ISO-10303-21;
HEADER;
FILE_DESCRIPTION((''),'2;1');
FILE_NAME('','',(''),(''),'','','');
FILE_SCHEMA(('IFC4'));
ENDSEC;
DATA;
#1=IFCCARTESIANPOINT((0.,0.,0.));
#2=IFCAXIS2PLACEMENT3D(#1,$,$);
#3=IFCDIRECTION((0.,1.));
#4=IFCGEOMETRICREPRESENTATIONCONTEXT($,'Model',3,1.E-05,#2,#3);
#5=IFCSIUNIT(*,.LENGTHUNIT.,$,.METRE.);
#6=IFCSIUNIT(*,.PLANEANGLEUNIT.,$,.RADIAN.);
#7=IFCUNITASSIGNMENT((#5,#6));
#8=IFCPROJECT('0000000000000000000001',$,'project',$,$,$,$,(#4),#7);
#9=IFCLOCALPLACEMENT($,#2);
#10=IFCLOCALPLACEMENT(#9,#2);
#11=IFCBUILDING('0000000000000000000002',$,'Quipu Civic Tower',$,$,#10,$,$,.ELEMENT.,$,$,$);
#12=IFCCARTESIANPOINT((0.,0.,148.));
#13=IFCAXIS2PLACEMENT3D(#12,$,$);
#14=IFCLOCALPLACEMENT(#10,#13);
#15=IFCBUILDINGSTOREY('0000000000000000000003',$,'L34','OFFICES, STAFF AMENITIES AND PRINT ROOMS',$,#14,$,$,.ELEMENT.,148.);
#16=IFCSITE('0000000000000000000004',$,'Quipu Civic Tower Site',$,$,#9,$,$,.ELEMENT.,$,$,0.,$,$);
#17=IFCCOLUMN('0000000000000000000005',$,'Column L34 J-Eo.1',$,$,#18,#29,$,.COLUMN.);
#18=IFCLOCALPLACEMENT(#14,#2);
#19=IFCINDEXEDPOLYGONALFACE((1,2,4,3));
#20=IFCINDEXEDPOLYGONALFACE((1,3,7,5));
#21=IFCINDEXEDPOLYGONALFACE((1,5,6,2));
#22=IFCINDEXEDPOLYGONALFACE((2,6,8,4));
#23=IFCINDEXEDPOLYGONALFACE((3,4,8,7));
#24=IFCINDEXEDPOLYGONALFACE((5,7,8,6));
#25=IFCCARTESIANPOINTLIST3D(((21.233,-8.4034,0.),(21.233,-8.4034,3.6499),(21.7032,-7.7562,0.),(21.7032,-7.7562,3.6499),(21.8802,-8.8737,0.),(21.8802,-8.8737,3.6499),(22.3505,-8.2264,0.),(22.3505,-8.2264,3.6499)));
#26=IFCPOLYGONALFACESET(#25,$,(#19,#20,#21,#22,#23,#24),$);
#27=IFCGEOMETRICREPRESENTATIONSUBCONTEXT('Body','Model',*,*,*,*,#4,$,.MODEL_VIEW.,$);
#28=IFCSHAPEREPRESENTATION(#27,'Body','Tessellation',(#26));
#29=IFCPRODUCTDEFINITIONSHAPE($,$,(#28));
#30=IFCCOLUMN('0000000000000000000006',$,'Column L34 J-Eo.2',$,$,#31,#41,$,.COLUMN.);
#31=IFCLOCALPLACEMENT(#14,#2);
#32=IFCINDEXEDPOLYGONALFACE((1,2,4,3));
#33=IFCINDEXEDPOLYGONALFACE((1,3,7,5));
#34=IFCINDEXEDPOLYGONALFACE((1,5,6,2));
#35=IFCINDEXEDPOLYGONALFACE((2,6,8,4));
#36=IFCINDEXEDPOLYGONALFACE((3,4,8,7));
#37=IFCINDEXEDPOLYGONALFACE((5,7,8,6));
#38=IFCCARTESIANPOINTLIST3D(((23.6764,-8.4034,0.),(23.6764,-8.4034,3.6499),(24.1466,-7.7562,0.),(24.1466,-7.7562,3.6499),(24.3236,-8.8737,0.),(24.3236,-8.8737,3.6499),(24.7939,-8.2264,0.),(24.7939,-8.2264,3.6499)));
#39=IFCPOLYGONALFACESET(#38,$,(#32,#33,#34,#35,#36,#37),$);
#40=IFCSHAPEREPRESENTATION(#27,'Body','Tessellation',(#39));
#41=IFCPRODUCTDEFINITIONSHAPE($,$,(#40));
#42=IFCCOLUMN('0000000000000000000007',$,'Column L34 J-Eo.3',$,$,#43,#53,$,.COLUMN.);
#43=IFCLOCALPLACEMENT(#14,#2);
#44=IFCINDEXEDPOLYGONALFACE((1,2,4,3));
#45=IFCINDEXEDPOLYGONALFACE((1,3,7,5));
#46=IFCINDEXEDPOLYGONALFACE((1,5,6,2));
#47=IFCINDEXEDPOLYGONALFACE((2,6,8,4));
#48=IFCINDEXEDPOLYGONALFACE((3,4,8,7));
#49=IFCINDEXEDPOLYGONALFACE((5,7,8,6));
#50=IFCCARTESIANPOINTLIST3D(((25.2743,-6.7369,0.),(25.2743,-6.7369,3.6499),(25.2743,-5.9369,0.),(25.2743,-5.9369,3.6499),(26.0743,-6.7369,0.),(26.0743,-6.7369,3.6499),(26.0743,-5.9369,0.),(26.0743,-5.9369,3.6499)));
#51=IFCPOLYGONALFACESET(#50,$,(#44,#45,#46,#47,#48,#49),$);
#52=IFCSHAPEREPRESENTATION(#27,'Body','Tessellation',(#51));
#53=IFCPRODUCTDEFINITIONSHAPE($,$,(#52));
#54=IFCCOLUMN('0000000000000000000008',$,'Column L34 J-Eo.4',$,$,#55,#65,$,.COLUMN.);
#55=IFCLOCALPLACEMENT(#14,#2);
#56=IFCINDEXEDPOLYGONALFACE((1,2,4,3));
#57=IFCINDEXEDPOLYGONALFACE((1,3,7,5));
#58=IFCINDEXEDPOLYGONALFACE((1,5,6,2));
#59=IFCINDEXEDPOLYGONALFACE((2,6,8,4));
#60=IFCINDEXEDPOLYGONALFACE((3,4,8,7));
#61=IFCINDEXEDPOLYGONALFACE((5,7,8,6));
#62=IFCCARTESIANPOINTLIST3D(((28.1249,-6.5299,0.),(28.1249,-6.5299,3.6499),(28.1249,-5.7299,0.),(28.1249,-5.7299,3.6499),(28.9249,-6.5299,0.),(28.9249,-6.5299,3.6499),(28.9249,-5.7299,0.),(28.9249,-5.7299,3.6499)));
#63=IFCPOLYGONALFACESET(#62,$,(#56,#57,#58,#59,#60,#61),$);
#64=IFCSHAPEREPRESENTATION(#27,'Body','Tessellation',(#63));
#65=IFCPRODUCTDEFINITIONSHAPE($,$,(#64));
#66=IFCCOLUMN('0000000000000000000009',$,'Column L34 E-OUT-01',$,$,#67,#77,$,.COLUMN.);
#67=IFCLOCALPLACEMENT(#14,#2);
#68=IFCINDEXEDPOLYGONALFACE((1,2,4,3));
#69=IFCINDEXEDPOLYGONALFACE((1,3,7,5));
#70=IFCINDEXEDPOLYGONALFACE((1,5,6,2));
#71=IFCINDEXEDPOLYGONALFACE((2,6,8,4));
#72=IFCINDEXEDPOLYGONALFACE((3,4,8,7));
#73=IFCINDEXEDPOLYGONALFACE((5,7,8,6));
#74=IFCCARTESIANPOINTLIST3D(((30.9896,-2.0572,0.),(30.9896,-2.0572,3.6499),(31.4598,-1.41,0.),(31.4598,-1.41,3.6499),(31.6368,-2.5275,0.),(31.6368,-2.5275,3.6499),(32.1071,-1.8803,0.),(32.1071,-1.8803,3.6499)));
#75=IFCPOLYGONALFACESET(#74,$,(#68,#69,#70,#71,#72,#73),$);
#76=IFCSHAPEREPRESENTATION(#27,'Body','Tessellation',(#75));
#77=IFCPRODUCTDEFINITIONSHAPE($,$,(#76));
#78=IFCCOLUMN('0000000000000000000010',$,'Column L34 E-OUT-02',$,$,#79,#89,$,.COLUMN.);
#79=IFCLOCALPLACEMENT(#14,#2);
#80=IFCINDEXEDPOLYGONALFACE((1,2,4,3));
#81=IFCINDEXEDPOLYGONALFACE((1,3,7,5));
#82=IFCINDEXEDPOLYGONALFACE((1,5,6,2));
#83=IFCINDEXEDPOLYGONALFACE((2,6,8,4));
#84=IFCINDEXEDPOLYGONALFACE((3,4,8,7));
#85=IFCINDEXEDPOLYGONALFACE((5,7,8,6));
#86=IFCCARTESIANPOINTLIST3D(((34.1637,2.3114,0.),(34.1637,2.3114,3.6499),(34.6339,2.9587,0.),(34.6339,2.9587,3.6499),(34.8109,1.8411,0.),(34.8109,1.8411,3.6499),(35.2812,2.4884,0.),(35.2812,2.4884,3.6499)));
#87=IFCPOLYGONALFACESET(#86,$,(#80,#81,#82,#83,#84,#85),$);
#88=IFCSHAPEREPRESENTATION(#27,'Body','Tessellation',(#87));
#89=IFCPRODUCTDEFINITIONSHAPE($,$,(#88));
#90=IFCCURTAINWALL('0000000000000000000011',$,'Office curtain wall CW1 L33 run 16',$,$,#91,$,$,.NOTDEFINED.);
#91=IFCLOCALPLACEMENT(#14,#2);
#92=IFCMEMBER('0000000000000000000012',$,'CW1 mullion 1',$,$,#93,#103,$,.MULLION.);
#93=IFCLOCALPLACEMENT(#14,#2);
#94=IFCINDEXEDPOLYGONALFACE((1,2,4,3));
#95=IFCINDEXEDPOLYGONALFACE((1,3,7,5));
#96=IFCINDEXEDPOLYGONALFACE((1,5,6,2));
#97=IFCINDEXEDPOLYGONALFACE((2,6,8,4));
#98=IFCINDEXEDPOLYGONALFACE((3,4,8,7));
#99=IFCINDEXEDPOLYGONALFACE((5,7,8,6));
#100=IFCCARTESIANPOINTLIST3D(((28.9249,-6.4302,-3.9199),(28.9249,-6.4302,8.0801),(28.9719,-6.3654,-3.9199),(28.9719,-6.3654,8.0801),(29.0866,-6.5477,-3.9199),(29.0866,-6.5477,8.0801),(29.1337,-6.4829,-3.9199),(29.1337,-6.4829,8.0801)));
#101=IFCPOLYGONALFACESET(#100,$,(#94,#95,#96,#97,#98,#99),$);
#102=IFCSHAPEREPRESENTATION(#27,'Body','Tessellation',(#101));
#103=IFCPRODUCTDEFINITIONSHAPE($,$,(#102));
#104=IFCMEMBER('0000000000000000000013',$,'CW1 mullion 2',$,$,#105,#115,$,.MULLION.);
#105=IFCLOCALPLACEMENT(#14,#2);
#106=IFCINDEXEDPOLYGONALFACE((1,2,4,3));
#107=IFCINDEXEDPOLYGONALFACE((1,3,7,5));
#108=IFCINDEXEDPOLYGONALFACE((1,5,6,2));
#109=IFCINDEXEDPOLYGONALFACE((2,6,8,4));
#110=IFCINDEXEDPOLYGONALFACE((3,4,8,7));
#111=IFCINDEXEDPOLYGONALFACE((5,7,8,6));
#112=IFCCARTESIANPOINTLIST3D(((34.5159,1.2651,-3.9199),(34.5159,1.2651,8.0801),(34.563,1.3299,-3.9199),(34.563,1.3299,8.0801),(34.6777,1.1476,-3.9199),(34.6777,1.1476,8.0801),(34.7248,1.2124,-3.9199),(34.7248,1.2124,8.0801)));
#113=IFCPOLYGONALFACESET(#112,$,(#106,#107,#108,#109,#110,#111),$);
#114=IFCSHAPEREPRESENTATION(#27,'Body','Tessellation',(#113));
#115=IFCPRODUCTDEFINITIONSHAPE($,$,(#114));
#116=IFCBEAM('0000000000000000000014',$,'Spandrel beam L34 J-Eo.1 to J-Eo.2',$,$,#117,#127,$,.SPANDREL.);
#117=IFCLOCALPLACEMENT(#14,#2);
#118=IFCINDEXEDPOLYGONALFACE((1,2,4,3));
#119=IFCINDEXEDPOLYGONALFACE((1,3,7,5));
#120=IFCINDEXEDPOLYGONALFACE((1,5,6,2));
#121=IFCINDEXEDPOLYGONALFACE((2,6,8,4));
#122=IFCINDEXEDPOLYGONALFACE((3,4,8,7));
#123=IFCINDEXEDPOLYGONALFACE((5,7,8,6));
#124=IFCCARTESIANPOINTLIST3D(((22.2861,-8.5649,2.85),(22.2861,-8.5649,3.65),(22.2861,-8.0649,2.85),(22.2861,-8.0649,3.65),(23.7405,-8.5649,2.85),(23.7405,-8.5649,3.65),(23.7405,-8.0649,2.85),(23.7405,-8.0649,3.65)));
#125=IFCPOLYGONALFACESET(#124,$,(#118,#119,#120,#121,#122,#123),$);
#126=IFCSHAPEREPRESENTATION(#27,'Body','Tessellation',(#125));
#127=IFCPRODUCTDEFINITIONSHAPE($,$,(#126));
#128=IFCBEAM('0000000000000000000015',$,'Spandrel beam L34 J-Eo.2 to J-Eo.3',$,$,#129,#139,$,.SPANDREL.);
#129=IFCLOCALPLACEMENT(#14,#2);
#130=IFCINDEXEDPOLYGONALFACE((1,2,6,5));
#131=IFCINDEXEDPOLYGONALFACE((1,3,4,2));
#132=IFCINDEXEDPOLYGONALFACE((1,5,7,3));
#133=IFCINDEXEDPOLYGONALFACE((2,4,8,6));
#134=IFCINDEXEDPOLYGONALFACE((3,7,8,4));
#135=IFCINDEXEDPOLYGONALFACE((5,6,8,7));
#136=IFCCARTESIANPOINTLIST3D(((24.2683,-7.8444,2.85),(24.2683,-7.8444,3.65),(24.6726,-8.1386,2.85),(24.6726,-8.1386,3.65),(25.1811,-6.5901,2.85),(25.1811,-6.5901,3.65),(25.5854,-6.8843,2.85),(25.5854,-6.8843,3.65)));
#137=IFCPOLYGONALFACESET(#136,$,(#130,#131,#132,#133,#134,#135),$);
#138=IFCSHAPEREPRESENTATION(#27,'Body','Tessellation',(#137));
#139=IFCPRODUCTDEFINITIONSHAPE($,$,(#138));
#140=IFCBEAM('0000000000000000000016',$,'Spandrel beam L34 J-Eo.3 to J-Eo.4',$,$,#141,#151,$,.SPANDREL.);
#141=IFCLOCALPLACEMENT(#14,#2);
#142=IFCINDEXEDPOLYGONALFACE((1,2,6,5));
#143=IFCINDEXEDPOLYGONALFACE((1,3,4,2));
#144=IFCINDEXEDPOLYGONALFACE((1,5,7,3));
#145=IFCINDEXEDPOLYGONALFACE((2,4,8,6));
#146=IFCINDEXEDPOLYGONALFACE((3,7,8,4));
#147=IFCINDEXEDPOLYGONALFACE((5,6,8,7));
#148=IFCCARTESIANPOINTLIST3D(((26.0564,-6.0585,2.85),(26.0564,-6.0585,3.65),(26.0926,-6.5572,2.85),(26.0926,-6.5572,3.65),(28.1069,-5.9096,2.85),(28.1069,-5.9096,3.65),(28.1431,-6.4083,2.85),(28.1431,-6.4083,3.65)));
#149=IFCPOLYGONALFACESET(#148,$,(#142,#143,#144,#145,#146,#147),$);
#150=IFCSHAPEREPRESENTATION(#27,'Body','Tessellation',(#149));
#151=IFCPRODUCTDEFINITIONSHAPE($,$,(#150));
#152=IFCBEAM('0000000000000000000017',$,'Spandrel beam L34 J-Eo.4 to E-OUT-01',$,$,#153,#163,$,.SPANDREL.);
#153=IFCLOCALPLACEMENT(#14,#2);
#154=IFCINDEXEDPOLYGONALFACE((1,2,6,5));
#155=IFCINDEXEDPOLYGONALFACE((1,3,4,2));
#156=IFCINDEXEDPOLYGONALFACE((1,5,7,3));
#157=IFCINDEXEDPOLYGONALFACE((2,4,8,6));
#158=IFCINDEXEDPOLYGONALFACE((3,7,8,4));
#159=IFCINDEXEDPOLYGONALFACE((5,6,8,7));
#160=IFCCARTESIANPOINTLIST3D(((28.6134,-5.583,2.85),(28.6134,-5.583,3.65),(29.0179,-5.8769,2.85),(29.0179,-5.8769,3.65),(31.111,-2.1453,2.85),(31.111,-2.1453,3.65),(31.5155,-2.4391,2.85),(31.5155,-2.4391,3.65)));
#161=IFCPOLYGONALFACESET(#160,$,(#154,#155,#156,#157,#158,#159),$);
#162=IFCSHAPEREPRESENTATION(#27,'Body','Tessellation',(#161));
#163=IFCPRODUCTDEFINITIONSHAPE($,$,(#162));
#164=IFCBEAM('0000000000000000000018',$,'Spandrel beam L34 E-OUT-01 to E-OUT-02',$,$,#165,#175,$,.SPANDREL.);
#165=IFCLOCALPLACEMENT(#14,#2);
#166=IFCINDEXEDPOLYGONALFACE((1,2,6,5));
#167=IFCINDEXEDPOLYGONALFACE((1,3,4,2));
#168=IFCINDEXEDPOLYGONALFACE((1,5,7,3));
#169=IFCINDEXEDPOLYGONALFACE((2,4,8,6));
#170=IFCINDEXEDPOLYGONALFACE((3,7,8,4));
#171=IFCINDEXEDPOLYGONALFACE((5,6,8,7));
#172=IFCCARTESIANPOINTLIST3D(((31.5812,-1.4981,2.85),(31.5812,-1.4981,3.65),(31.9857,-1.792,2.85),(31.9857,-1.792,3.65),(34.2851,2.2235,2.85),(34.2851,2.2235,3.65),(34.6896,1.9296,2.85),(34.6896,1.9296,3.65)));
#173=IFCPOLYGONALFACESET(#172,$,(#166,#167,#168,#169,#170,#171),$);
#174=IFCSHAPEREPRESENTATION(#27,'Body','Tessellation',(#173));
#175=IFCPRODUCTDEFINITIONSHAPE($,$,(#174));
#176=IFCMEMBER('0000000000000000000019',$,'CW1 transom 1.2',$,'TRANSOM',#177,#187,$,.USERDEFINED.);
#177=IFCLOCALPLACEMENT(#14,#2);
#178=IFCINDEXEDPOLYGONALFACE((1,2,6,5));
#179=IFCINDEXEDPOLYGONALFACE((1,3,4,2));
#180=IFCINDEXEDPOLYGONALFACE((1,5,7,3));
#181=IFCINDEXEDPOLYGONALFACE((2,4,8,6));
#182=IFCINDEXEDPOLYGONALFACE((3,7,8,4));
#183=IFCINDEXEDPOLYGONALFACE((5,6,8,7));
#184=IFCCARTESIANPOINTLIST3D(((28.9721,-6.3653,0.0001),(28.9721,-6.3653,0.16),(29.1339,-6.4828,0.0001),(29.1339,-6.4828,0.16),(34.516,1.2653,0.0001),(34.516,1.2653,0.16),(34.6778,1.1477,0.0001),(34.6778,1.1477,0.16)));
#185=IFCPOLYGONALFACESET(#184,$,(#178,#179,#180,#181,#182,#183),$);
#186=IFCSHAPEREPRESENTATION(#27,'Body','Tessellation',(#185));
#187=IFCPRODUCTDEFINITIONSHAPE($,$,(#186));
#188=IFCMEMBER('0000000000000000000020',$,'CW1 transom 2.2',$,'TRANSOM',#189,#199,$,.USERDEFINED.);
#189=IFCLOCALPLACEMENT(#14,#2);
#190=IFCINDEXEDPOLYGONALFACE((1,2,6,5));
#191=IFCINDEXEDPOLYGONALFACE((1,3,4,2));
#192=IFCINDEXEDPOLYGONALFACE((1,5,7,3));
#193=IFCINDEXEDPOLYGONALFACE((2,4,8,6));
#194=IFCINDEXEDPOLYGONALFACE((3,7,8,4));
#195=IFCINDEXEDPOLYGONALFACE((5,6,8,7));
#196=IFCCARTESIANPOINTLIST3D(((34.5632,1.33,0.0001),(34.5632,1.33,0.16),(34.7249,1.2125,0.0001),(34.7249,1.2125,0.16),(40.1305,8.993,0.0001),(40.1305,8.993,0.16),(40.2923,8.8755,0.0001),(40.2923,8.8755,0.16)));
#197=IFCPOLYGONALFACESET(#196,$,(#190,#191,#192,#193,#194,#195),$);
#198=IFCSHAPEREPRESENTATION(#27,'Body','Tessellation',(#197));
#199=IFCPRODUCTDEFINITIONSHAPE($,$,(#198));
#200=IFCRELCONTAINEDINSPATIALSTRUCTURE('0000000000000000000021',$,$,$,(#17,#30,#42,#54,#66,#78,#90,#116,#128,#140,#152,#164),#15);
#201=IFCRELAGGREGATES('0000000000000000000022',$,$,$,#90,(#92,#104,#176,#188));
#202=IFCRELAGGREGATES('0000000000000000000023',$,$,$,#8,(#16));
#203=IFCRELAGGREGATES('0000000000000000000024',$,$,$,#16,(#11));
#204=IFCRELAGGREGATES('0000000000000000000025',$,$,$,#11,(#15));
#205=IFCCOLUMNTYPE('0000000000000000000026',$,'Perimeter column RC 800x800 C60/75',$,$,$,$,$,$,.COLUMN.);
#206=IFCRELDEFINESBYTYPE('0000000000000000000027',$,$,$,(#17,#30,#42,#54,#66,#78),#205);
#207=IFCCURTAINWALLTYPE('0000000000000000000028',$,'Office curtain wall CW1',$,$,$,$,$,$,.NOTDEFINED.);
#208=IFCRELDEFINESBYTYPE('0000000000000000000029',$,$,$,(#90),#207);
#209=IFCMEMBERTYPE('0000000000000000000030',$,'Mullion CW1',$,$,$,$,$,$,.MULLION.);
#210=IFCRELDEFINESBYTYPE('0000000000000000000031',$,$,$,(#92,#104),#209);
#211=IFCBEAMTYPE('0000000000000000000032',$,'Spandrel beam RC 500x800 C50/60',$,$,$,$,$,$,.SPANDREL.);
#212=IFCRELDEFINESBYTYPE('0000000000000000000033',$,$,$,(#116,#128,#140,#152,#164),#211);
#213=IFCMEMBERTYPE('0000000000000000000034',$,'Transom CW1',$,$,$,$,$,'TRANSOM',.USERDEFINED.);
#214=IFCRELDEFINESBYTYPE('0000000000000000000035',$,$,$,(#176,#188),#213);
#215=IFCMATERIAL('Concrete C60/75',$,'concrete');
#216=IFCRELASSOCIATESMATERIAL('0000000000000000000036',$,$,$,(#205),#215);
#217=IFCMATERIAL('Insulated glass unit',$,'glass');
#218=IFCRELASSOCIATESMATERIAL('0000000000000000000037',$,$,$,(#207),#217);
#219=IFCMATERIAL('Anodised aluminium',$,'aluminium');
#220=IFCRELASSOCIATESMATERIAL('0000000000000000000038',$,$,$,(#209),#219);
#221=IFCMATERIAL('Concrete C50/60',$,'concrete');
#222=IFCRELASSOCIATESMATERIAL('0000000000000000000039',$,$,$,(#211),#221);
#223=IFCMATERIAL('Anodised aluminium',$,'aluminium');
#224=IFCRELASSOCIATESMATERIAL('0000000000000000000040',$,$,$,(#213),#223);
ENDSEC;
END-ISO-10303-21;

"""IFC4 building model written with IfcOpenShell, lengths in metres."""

from ifc_helpers import new_model, si_unit, direction, frame, origin, origin_2d, place, context, subcontext, project, spatial, rectangle, extrude, material, material_profile, profile_set, type_object, element, aggregate, save


model = new_model("IFC4")

# Units and contexts
model_context = context("Model", 3, precision=1e-05, world=origin(), true_north=direction((0.0, 1.0)))
body_context = subcontext(model_context, "Body", "Model", "MODEL_VIEW")
ifc_project = project(units=[si_unit("LENGTHUNIT", "METRE"), si_unit("PLANEANGLEUNIT", "RADIAN")], contexts=[model_context])

# Site, building, storey
site_placement = place(None, origin())
site = spatial("IfcSite", under=ifc_project, at=site_placement, Name="Quipu Civic Tower Site", CompositionType="ELEMENT", RefElevation=0.0)
building_placement = place(site_placement, origin())
building = spatial("IfcBuilding", under=site, at=building_placement, Name="Quipu Civic Tower", CompositionType="ELEMENT")
storey_placement = place(building_placement, frame((0.0, 0.0, 148.0)))
storey = spatial("IfcBuildingStorey", under=building, at=storey_placement, Name="L34", Description="OFFICES, STAFF AMENITIES AND PRINT ROOMS", CompositionType="ELEMENT", Elevation=148.0)

# Columns
ifc_material_1 = material(Name="Concrete C60/75", Category="concrete")
ifc_material_profile_1 = material_profile(ifc_material_1, rectangle(XDim=0.8, YDim=0.8, at=origin_2d()), Name="RC800x800")
ifc_profile_set_1 = profile_set([ifc_material_profile_1], Name="Concrete C60/75")
column_type = type_object("IfcColumnType", Name="Perimeter column RC 800x800 C60/75", PredefinedType="COLUMN", material=ifc_profile_set_1)
for number, where, z_axis, x_axis, name in (
    (1, (21.7917, -8.3149, 0.0), (0.0, 0.0, 1.0), (0.587785, 0.809017, 0.0), "Column L34 J-Eo.1"),
    (2, (24.2351, -8.3149, 0.0), (0.0, 0.0, 1.0), (0.587785, 0.809017, 0.0), "Column L34 J-Eo.2"),
    (3, (25.6743, -6.3369, 0.0), (0.0, 0.0, 1.0), (1.0, 0.0, 0.0), "Column L34 J-Eo.3"),
    (4, (28.5249, -6.1299, 0.0), (0.0, 0.0, 1.0), (1.0, 0.0, 0.0), "Column L34 J-Eo.4"),
    (5, (31.5483, -1.9688, 0.0), (0.0, 0.0, 1.0), (0.587785, 0.809017, 0.0), "Column L34 E-OUT-01"),
    (6, (34.7224, 2.3999, 0.0), (0.0, 0.0, 1.0), (0.587785, 0.809017, 0.0), "Column L34 E-OUT-02"),
):
    element("IfcColumn", number, at=place(storey_placement, frame(where, z_axis=z_axis, x_axis=x_axis)), inside=storey, type_object=column_type, Name=name, PredefinedType="COLUMN", context=body_context, shape_type="SweptSolid", body=[
        extrude(rectangle(XDim=0.8, YDim=0.8, at=origin_2d()), origin(), (0.0, 0.0, 1.0), 3.6499),
    ])

# Curtain wall, members
ifc_material_2 = material(Name="Insulated glass unit", Category="glass")
curtain_wall_type = type_object("IfcCurtainWallType", Name="Office curtain wall CW1", PredefinedType="NOTDEFINED", material=ifc_material_2)
curtain_wall_placement = place(storey_placement, origin())
curtain_wall = element("IfcCurtainWall", 7, at=curtain_wall_placement, inside=storey, type_object=curtain_wall_type, Name="Office curtain wall CW1 L33 run 16", PredefinedType="NOTDEFINED")
ifc_material_3 = material(Name="Anodised aluminium", Category="aluminium")
ifc_material_profile_2 = material_profile(ifc_material_3, rectangle(XDim=0.2, YDim=0.0801, at=origin_2d()), Name="RECT 200x80")
ifc_profile_set_2 = profile_set([ifc_material_profile_2], Name="Anodised aluminium")
member_type_1 = type_object("IfcMemberType", Name="Mullion CW1", PredefinedType="MULLION", material=ifc_profile_set_2)
member_1_placement = place(storey_placement, frame((29.0293, -6.4565, -3.9199), z_axis=(0.0, 0.0, 1.0), x_axis=(-0.809017, 0.587786, 0.0)))
member_1 = element("IfcMember", 8, at=member_1_placement, type_object=member_type_1, Name="CW1 mullion 1", PredefinedType="MULLION", context=body_context, shape_type="SweptSolid", body=[
    extrude(rectangle(XDim=0.2, YDim=0.0801, at=origin_2d()), origin(), (0.0, 0.0, 1.0), 12.0),
])
member_2_placement = place(storey_placement, frame((34.6204, 1.2388, -3.9199), z_axis=(0.0, 0.0, 1.0), x_axis=(-0.809017, 0.587786, 0.0)))
member_2 = element("IfcMember", 9, at=member_2_placement, type_object=member_type_1, Name="CW1 mullion 2", PredefinedType="MULLION", context=body_context, shape_type="SweptSolid", body=[
    extrude(rectangle(XDim=0.2, YDim=0.0801, at=origin_2d()), origin(), (0.0, 0.0, 1.0), 12.0),
])

# Beams
ifc_material_4 = material(Name="Concrete C50/60", Category="concrete")
ifc_material_profile_3 = material_profile(ifc_material_4, rectangle(XDim=0.5, YDim=0.8, at=origin_2d()), Name="RC500x800")
ifc_profile_set_3 = profile_set([ifc_material_profile_3], Name="Concrete C50/60")
beam_type = type_object("IfcBeamType", Name="Spandrel beam RC 500x800 C50/60", PredefinedType="SPANDREL", material=ifc_profile_set_3)
beam_1_placement = place(storey_placement, frame((22.2861, -8.3149, 3.25), z_axis=(1.0, 0.0, 0.0), x_axis=(0.0, 1.0, 0.0)))
element("IfcBeam", 10, at=beam_1_placement, inside=storey, type_object=beam_type, Name="Spandrel beam L34 J-Eo.1 to J-Eo.2", PredefinedType="SPANDREL", context=body_context, shape_type="SweptSolid", body=[
    extrude(rectangle(XDim=0.5, YDim=0.8, at=origin_2d()), origin(), (0.0, 0.0, 1.0), 1.4543),
])
beam_2_placement = place(storey_placement, frame((24.4705, -7.9915, 3.25), z_axis=(0.588406, 0.808566, 0.0), x_axis=(-0.808566, 0.588406, 0.0)))
element("IfcBeam", 11, at=beam_2_placement, inside=storey, type_object=beam_type, Name="Spandrel beam L34 J-Eo.2 to J-Eo.3", PredefinedType="SPANDREL", context=body_context, shape_type="SweptSolid", body=[
    extrude(rectangle(XDim=0.5, YDim=0.8, at=origin_2d()), origin(), (0.0, 0.0, 1.0), 1.5513),
])
beam_3_placement = place(storey_placement, frame((26.0745, -6.3079, 3.25), z_axis=(0.997373, 0.072437, 0.0), x_axis=(-0.072437, 0.997373, 0.0)))
element("IfcBeam", 12, at=beam_3_placement, inside=storey, type_object=beam_type, Name="Spandrel beam L34 J-Eo.3 to J-Eo.4", PredefinedType="SPANDREL", context=body_context, shape_type="SweptSolid", body=[
    extrude(rectangle(XDim=0.5, YDim=0.8, at=origin_2d()), origin(), (0.0, 0.0, 1.0), 2.0559),
])
beam_4_placement = place(storey_placement, frame((28.8157, -5.73, 3.25), z_axis=(0.587769, 0.809029, 0.0), x_axis=(-0.809029, 0.587769, 0.0)))
element("IfcBeam", 13, at=beam_4_placement, inside=storey, type_object=beam_type, Name="Spandrel beam L34 J-Eo.4 to E-OUT-01", PredefinedType="SPANDREL", context=body_context, shape_type="SweptSolid", body=[
    extrude(rectangle(XDim=0.5, YDim=0.8, at=origin_2d()), origin(), (0.0, 0.0, 1.0), 4.2493),
])
beam_5_placement = place(storey_placement, frame((31.7834, -1.645, 3.25), z_axis=(0.587796, 0.809009, 0.0), x_axis=(-0.809009, 0.587796, 0.0)))
element("IfcBeam", 14, at=beam_5_placement, inside=storey, type_object=beam_type, Name="Spandrel beam L34 E-OUT-01 to E-OUT-02", PredefinedType="SPANDREL", context=body_context, shape_type="SweptSolid", body=[
    extrude(rectangle(XDim=0.5, YDim=0.8, at=origin_2d()), origin(), (0.0, 0.0, 1.0), 4.6001),
])

# Members
ifc_material_5 = material(Name="Anodised aluminium", Category="aluminium")
ifc_material_profile_4 = material_profile(ifc_material_5, rectangle(XDim=0.2, YDim=0.1599, at=origin_2d()), Name="RECT 200x160")
ifc_profile_set_4 = profile_set([ifc_material_profile_4], Name="Anodised aluminium")
member_type_2 = type_object("IfcMemberType", Name="Transom CW1", ElementType="TRANSOM", PredefinedType="USERDEFINED", material=ifc_profile_set_4)
member_3_placement = place(storey_placement, frame((29.053, -6.4241, 0.0801), z_axis=(0.587784, 0.809018, 0.0), x_axis=(-0.809018, 0.587784, 0.0)))
member_3 = element("IfcMember", 15, at=member_3_placement, type_object=member_type_2, Name="CW1 transom 1.2", ObjectType="TRANSOM", PredefinedType="USERDEFINED", context=body_context, shape_type="SweptSolid", body=[
    extrude(rectangle(XDim=0.2, YDim=0.1599, at=origin_2d()), origin(), (0.0, 0.0, 1.0), 9.4319),
])
member_4_placement = place(storey_placement, frame((34.644, 1.2712, 0.0801), z_axis=(0.587773, 0.809026, 0.0), x_axis=(-0.809026, 0.587773, 0.0)))
member_4 = element("IfcMember", 16, at=member_4_placement, type_object=member_type_2, Name="CW1 transom 2.2", ObjectType="TRANSOM", PredefinedType="USERDEFINED", context=body_context, shape_type="SweptSolid", body=[
    extrude(rectangle(XDim=0.2, YDim=0.1599, at=origin_2d()), origin(), (0.0, 0.0, 1.0), 9.4719),
])

aggregate(curtain_wall, [member_1, member_2, member_3, member_4])

save(model, "model.ifc")
